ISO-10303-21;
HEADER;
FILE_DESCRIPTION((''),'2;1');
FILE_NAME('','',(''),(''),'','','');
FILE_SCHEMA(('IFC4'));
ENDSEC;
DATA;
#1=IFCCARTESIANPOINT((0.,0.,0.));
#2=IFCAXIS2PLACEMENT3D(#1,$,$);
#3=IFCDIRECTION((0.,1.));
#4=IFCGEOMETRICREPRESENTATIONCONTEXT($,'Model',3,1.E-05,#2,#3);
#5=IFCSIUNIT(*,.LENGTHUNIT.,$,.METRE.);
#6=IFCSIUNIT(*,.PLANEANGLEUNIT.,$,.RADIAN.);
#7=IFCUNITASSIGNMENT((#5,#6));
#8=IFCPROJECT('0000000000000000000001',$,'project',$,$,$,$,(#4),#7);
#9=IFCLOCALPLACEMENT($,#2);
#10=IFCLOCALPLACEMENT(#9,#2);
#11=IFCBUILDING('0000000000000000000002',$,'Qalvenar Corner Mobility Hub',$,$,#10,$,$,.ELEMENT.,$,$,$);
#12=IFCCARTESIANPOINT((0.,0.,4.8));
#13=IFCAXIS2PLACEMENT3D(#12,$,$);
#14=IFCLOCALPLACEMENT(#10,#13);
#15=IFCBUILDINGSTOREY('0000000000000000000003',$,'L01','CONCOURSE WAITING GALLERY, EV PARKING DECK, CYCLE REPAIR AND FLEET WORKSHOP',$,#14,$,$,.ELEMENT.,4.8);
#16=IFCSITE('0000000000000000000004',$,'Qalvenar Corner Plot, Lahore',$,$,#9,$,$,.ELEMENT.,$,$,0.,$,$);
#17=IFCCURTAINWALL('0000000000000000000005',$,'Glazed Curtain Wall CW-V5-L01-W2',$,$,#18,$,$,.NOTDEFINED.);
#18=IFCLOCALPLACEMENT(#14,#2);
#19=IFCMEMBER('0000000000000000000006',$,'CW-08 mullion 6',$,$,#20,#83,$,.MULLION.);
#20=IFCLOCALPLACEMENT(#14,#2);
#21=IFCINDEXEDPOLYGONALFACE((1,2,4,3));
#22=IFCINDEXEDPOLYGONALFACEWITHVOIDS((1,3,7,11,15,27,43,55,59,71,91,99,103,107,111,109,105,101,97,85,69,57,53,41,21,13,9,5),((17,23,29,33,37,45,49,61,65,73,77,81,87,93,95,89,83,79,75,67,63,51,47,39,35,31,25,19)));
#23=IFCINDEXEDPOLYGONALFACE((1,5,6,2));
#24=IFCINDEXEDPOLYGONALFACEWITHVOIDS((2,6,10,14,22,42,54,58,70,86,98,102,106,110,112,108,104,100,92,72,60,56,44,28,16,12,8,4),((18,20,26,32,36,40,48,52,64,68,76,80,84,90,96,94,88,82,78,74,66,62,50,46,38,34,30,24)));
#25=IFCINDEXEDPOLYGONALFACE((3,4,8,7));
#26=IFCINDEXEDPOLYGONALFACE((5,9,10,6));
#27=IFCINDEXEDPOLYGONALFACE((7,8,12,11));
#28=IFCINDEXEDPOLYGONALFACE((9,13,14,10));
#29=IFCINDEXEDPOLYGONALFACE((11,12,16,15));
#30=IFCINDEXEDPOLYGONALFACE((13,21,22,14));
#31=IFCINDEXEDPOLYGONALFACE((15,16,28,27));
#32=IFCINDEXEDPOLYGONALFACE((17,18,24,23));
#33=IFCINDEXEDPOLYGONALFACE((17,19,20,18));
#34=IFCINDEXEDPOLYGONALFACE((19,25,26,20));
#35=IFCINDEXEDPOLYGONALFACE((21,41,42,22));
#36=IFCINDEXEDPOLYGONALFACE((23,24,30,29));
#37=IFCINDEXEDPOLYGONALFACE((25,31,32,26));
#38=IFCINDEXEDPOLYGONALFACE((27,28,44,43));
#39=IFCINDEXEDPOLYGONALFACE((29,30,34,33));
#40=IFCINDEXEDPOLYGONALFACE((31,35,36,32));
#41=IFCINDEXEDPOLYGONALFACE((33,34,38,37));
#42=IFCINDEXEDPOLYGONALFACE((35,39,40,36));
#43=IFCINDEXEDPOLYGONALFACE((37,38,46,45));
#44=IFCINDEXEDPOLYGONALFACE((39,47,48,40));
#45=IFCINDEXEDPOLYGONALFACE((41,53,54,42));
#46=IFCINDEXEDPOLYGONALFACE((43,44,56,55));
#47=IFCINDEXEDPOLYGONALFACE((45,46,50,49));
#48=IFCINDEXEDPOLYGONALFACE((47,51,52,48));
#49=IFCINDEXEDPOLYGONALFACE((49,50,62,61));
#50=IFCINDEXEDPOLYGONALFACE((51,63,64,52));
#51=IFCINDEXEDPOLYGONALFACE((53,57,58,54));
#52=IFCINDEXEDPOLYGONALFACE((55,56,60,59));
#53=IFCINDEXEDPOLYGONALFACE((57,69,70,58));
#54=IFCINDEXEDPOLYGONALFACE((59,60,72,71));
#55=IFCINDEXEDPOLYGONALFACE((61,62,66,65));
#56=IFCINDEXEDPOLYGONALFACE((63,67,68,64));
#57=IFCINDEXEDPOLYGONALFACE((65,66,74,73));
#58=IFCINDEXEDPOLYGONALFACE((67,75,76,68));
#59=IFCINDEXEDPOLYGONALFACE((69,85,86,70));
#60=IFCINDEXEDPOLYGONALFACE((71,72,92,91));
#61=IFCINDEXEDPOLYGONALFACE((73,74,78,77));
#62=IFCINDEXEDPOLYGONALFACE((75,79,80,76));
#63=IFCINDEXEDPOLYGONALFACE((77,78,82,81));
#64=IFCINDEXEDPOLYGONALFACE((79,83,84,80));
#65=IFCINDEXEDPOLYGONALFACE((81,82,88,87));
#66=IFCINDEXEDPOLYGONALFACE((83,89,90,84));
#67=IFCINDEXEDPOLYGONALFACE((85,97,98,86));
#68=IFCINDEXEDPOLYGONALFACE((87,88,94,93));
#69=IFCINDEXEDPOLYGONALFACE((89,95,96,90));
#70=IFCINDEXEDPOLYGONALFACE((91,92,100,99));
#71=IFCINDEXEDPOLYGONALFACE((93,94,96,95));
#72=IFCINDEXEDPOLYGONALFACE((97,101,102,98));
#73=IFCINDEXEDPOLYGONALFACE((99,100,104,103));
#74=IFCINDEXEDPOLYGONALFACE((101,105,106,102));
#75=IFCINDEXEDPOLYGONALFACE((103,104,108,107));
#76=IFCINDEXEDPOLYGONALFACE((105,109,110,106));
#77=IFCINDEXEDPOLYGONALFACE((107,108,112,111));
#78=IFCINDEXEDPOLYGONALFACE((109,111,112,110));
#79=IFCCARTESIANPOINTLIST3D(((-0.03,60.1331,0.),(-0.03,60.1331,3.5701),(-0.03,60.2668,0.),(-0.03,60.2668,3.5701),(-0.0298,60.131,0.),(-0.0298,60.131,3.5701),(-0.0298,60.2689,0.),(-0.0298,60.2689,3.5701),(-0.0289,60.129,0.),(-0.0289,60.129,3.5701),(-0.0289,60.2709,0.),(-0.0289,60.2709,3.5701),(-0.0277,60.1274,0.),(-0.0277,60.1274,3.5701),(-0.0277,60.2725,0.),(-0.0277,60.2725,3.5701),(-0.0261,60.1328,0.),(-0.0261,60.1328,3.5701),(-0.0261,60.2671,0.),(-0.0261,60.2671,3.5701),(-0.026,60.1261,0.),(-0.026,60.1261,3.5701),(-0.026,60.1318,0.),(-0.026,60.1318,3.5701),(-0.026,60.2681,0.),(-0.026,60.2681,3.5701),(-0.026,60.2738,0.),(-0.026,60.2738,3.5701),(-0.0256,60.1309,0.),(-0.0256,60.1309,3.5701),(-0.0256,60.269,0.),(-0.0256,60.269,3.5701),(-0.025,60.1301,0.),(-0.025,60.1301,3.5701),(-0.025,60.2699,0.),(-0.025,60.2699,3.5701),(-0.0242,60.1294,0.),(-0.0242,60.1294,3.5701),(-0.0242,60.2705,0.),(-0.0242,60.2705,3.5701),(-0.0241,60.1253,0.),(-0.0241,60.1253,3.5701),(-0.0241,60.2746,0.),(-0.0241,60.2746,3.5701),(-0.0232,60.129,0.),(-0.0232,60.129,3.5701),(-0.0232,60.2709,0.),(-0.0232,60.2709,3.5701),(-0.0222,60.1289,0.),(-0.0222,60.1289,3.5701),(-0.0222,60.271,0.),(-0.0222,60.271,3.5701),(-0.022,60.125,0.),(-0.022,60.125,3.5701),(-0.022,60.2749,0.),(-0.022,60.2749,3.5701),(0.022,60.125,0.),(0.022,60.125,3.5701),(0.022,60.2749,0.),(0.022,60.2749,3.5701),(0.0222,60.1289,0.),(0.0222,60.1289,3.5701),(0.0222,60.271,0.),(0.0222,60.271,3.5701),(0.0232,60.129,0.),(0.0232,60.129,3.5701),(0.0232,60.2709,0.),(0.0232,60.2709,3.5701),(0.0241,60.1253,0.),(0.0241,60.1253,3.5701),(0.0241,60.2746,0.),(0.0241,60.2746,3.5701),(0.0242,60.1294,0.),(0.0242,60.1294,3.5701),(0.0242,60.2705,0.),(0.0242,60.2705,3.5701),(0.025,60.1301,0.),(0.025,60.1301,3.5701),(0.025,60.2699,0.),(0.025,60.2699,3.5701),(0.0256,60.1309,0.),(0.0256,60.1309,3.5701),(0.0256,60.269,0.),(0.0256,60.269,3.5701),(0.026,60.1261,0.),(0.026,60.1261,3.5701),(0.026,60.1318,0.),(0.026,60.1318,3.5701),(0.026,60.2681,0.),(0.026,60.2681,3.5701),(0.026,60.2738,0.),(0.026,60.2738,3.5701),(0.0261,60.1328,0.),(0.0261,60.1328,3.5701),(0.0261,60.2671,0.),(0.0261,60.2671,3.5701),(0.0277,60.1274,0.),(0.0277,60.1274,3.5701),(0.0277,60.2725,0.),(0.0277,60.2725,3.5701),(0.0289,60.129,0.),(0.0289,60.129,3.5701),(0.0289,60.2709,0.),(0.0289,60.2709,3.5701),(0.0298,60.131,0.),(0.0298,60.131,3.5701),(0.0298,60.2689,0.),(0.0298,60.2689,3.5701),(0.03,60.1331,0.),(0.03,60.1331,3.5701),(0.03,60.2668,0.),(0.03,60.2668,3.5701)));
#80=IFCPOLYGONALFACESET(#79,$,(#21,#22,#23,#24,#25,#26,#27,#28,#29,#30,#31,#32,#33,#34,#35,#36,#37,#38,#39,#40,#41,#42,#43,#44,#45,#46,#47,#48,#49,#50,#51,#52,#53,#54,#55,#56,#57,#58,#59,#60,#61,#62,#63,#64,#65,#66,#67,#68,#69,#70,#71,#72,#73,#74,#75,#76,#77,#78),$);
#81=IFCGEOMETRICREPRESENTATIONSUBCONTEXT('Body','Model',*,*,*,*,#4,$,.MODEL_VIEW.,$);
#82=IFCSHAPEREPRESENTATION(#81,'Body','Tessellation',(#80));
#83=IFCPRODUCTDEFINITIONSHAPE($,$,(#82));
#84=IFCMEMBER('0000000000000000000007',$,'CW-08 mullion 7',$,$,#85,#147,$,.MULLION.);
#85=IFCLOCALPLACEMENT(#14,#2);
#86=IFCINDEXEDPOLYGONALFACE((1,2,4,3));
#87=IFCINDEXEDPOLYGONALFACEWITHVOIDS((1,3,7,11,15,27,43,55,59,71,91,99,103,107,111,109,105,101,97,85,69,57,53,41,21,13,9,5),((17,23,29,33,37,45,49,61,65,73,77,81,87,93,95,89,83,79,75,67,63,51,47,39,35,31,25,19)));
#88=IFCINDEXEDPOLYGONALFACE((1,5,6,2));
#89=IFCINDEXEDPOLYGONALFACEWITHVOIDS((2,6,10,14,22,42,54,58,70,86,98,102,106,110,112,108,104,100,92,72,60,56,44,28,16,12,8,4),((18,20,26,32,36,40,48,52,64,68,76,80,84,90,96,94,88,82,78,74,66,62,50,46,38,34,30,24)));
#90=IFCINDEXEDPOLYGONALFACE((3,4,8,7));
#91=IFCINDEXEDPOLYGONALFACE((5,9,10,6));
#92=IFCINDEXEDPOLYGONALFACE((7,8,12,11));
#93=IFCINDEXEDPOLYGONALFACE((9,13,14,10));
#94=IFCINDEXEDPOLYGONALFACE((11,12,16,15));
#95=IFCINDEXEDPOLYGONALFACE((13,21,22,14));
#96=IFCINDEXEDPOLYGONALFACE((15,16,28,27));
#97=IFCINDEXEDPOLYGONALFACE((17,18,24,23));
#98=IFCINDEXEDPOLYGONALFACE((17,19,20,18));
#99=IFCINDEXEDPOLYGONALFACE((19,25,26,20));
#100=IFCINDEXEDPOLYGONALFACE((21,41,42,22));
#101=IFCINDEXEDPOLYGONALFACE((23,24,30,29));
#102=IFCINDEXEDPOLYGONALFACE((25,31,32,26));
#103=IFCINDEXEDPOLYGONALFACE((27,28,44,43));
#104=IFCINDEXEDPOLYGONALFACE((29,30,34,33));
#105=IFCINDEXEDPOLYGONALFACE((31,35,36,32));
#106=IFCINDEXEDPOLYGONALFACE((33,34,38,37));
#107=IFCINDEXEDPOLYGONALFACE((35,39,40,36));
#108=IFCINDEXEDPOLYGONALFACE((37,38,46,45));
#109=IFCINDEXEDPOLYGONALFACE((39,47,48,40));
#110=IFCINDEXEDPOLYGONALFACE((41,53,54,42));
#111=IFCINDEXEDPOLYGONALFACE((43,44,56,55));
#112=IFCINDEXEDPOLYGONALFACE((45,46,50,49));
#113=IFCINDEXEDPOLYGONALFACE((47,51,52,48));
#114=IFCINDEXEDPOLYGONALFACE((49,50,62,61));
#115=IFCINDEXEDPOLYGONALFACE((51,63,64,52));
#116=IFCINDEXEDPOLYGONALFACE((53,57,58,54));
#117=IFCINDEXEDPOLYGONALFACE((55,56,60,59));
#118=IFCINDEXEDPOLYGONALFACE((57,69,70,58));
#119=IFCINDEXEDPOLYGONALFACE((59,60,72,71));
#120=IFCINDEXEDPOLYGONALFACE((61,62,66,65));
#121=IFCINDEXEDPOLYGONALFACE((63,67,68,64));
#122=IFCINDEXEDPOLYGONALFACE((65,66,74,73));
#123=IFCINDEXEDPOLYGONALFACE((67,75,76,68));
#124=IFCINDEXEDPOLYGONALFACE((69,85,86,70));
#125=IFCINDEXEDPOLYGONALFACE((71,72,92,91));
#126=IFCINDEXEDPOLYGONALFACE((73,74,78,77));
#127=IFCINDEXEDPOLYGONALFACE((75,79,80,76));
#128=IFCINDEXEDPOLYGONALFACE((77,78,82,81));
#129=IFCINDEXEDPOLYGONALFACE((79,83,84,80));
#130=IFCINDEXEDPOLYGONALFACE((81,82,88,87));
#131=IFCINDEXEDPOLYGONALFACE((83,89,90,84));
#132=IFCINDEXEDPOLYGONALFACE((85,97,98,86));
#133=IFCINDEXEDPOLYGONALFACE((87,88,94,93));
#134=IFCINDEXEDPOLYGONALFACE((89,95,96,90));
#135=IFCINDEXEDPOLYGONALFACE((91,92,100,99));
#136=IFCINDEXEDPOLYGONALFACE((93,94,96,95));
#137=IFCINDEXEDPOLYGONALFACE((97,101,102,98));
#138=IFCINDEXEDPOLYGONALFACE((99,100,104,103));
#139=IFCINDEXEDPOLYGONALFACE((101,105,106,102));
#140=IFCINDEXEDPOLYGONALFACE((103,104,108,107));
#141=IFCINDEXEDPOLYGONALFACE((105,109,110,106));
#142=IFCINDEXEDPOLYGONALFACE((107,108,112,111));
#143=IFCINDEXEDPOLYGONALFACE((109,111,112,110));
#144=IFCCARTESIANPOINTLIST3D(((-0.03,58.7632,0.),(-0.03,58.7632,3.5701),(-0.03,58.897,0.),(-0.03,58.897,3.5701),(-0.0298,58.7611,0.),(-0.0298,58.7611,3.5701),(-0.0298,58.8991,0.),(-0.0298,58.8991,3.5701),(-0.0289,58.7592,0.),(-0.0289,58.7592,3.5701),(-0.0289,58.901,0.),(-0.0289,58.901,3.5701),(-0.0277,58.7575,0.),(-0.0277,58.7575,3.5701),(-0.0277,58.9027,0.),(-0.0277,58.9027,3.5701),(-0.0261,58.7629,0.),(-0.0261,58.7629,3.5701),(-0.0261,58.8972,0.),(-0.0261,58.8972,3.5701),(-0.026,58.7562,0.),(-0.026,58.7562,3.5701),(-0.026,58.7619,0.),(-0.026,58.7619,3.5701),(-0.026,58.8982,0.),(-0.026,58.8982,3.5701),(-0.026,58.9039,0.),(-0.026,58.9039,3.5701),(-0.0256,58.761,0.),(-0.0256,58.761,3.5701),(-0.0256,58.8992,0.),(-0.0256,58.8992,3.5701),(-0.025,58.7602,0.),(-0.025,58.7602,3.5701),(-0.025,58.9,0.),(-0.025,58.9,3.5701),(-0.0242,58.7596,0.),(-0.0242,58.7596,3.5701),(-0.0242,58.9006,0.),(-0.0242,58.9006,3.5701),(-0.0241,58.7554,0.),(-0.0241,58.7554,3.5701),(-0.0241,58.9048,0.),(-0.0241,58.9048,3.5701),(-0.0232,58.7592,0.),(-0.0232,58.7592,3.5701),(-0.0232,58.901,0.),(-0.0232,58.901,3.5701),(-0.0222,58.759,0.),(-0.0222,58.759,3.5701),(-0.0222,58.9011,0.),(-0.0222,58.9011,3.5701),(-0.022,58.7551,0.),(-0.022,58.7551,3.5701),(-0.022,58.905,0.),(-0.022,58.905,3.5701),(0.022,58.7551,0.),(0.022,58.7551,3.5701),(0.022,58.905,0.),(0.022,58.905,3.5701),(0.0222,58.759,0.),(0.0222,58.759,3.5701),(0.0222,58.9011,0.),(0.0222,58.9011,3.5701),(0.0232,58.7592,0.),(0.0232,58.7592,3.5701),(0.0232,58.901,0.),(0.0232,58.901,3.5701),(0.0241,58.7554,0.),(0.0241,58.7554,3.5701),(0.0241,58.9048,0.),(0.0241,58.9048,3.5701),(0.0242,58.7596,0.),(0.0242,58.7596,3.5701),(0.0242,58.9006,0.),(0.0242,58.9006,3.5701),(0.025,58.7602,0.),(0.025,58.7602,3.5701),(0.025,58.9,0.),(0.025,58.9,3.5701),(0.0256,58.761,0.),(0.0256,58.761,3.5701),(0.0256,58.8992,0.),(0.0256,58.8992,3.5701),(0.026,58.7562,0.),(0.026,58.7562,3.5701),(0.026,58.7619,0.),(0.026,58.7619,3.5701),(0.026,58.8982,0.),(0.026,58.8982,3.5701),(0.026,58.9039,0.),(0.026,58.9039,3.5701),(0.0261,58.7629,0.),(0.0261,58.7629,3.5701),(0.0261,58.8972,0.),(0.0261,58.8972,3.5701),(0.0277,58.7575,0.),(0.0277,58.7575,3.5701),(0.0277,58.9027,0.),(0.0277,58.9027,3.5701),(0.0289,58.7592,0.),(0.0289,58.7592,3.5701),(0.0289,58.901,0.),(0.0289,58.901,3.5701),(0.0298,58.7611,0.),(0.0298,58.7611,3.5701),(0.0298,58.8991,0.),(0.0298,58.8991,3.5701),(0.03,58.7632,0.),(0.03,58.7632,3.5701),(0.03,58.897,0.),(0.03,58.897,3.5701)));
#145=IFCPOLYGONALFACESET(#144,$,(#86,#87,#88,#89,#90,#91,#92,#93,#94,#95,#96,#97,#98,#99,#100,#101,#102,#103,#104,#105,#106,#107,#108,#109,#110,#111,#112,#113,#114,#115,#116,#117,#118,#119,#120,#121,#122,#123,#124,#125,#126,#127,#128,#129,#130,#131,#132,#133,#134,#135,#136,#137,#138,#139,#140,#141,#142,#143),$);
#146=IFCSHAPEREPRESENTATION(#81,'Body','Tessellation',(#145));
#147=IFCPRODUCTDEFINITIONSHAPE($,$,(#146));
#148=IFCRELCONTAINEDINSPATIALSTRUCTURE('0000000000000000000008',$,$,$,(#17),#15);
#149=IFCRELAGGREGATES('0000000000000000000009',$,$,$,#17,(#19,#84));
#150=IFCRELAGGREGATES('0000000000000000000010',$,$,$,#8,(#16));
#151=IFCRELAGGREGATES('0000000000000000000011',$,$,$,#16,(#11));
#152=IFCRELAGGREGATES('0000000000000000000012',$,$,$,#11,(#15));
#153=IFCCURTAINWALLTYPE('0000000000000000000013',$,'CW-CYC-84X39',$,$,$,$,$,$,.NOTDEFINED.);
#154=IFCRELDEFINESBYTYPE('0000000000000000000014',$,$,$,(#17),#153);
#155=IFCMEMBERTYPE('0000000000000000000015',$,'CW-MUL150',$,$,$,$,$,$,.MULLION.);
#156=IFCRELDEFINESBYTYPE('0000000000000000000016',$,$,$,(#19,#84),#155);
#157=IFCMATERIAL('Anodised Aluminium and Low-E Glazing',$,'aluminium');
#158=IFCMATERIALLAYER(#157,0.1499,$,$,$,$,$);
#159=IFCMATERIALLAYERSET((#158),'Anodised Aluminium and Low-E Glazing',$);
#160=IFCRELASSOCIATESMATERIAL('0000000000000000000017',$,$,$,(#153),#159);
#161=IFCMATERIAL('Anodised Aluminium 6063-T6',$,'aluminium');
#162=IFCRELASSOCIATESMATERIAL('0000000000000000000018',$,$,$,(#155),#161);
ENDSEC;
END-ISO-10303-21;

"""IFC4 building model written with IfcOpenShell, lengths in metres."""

from ifc_helpers import new_model, si_unit, direction, frame, origin, origin_2d, place, context, subcontext, project, spatial, hollow_rectangle, extrude, material, layer, layer_set, material_profile, profile_set, type_object, element, aggregate, save


model = new_model("IFC4")

# Units and contexts
model_context = context("Model", 3, precision=1e-05, world=origin(), true_north=direction((0.0, 1.0)))
body_context = subcontext(model_context, "Body", "Model", "MODEL_VIEW")
ifc_project = project(units=[si_unit("LENGTHUNIT", "METRE"), si_unit("PLANEANGLEUNIT", "RADIAN")], contexts=[model_context])

# Site, building, storey
site_placement = place(None, origin())
site = spatial("IfcSite", under=ifc_project, at=site_placement, Name="Qalvenar Corner Plot, Lahore", CompositionType="ELEMENT", RefElevation=0.0)
building_placement = place(site_placement, origin())
building = spatial("IfcBuilding", under=site, at=building_placement, Name="Qalvenar Corner Mobility Hub", CompositionType="ELEMENT")
storey_placement = place(building_placement, frame((0.0, 0.0, 4.8)))
storey = spatial("IfcBuildingStorey", under=building, at=storey_placement, Name="L01", Description="CONCOURSE WAITING GALLERY, EV PARKING DECK, CYCLE REPAIR AND FLEET WORKSHOP", CompositionType="ELEMENT", Elevation=4.8)

# Curtain wall, members
ifc_material_1 = material(Name="Anodised Aluminium and Low-E Glazing", Category="aluminium")
ifc_layer_1 = layer(ifc_material_1, 0.1499)
ifc_layer_set_1 = layer_set([ifc_layer_1], Name="Anodised Aluminium and Low-E Glazing")
curtain_wall_type = type_object("IfcCurtainWallType", Name="CW-CYC-84X39", PredefinedType="NOTDEFINED", material=ifc_layer_set_1)
curtain_wall_placement = place(storey_placement, origin())
curtain_wall = element("IfcCurtainWall", 1, at=curtain_wall_placement, inside=storey, type_object=curtain_wall_type, Name="Glazed Curtain Wall CW-V5-L01-W2", PredefinedType="NOTDEFINED")
ifc_material_2 = material(Name="Anodised Aluminium 6063-T6", Category="aluminium")
ifc_material_profile_1 = material_profile(ifc_material_2, hollow_rectangle(XDim=0.0601, YDim=0.1499, WallThickness=0.0039, InnerFilletRadius=0.0039, OuterFilletRadius=0.0081, at=origin_2d()), Name="RHS150x60x4")
ifc_profile_set_1 = profile_set([ifc_material_profile_1], Name="Anodised Aluminium 6063-T6")
member_type_1 = type_object("IfcMemberType", Name="CW-MUL150", PredefinedType="MULLION", material=ifc_profile_set_1)
member_1_placement = place(storey_placement, frame((0.0, 60.2, 0.0), z_axis=(0.0, 0.0, 1.0), x_axis=(1.0, 0.0, 0.0)))
member_1 = element("IfcMember", 2, at=member_1_placement, type_object=member_type_1, Name="CW-08 mullion 6", PredefinedType="MULLION", context=body_context, shape_type="SweptSolid", body=[
    extrude(hollow_rectangle(XDim=0.0601, YDim=0.1499, WallThickness=0.0039, InnerFilletRadius=0.0039, OuterFilletRadius=0.0081, at=origin_2d()), origin(), (0.0, 0.0, 1.0), 3.5701),
])
member_2_placement = place(storey_placement, frame((0.0, 58.8301, 0.0), z_axis=(0.0, 0.0, 1.0), x_axis=(1.0, 0.0, 0.0)))
member_2 = element("IfcMember", 3, at=member_2_placement, type_object=member_type_1, Name="CW-08 mullion 7", PredefinedType="MULLION", context=body_context, shape_type="SweptSolid", body=[
    extrude(hollow_rectangle(XDim=0.0601, YDim=0.1499, WallThickness=0.0039, InnerFilletRadius=0.0039, OuterFilletRadius=0.0081, at=origin_2d()), origin(), (0.0, 0.0, 1.0), 3.5701),
])
aggregate(curtain_wall, [member_1, member_2])

save(model, "model.ifc")
